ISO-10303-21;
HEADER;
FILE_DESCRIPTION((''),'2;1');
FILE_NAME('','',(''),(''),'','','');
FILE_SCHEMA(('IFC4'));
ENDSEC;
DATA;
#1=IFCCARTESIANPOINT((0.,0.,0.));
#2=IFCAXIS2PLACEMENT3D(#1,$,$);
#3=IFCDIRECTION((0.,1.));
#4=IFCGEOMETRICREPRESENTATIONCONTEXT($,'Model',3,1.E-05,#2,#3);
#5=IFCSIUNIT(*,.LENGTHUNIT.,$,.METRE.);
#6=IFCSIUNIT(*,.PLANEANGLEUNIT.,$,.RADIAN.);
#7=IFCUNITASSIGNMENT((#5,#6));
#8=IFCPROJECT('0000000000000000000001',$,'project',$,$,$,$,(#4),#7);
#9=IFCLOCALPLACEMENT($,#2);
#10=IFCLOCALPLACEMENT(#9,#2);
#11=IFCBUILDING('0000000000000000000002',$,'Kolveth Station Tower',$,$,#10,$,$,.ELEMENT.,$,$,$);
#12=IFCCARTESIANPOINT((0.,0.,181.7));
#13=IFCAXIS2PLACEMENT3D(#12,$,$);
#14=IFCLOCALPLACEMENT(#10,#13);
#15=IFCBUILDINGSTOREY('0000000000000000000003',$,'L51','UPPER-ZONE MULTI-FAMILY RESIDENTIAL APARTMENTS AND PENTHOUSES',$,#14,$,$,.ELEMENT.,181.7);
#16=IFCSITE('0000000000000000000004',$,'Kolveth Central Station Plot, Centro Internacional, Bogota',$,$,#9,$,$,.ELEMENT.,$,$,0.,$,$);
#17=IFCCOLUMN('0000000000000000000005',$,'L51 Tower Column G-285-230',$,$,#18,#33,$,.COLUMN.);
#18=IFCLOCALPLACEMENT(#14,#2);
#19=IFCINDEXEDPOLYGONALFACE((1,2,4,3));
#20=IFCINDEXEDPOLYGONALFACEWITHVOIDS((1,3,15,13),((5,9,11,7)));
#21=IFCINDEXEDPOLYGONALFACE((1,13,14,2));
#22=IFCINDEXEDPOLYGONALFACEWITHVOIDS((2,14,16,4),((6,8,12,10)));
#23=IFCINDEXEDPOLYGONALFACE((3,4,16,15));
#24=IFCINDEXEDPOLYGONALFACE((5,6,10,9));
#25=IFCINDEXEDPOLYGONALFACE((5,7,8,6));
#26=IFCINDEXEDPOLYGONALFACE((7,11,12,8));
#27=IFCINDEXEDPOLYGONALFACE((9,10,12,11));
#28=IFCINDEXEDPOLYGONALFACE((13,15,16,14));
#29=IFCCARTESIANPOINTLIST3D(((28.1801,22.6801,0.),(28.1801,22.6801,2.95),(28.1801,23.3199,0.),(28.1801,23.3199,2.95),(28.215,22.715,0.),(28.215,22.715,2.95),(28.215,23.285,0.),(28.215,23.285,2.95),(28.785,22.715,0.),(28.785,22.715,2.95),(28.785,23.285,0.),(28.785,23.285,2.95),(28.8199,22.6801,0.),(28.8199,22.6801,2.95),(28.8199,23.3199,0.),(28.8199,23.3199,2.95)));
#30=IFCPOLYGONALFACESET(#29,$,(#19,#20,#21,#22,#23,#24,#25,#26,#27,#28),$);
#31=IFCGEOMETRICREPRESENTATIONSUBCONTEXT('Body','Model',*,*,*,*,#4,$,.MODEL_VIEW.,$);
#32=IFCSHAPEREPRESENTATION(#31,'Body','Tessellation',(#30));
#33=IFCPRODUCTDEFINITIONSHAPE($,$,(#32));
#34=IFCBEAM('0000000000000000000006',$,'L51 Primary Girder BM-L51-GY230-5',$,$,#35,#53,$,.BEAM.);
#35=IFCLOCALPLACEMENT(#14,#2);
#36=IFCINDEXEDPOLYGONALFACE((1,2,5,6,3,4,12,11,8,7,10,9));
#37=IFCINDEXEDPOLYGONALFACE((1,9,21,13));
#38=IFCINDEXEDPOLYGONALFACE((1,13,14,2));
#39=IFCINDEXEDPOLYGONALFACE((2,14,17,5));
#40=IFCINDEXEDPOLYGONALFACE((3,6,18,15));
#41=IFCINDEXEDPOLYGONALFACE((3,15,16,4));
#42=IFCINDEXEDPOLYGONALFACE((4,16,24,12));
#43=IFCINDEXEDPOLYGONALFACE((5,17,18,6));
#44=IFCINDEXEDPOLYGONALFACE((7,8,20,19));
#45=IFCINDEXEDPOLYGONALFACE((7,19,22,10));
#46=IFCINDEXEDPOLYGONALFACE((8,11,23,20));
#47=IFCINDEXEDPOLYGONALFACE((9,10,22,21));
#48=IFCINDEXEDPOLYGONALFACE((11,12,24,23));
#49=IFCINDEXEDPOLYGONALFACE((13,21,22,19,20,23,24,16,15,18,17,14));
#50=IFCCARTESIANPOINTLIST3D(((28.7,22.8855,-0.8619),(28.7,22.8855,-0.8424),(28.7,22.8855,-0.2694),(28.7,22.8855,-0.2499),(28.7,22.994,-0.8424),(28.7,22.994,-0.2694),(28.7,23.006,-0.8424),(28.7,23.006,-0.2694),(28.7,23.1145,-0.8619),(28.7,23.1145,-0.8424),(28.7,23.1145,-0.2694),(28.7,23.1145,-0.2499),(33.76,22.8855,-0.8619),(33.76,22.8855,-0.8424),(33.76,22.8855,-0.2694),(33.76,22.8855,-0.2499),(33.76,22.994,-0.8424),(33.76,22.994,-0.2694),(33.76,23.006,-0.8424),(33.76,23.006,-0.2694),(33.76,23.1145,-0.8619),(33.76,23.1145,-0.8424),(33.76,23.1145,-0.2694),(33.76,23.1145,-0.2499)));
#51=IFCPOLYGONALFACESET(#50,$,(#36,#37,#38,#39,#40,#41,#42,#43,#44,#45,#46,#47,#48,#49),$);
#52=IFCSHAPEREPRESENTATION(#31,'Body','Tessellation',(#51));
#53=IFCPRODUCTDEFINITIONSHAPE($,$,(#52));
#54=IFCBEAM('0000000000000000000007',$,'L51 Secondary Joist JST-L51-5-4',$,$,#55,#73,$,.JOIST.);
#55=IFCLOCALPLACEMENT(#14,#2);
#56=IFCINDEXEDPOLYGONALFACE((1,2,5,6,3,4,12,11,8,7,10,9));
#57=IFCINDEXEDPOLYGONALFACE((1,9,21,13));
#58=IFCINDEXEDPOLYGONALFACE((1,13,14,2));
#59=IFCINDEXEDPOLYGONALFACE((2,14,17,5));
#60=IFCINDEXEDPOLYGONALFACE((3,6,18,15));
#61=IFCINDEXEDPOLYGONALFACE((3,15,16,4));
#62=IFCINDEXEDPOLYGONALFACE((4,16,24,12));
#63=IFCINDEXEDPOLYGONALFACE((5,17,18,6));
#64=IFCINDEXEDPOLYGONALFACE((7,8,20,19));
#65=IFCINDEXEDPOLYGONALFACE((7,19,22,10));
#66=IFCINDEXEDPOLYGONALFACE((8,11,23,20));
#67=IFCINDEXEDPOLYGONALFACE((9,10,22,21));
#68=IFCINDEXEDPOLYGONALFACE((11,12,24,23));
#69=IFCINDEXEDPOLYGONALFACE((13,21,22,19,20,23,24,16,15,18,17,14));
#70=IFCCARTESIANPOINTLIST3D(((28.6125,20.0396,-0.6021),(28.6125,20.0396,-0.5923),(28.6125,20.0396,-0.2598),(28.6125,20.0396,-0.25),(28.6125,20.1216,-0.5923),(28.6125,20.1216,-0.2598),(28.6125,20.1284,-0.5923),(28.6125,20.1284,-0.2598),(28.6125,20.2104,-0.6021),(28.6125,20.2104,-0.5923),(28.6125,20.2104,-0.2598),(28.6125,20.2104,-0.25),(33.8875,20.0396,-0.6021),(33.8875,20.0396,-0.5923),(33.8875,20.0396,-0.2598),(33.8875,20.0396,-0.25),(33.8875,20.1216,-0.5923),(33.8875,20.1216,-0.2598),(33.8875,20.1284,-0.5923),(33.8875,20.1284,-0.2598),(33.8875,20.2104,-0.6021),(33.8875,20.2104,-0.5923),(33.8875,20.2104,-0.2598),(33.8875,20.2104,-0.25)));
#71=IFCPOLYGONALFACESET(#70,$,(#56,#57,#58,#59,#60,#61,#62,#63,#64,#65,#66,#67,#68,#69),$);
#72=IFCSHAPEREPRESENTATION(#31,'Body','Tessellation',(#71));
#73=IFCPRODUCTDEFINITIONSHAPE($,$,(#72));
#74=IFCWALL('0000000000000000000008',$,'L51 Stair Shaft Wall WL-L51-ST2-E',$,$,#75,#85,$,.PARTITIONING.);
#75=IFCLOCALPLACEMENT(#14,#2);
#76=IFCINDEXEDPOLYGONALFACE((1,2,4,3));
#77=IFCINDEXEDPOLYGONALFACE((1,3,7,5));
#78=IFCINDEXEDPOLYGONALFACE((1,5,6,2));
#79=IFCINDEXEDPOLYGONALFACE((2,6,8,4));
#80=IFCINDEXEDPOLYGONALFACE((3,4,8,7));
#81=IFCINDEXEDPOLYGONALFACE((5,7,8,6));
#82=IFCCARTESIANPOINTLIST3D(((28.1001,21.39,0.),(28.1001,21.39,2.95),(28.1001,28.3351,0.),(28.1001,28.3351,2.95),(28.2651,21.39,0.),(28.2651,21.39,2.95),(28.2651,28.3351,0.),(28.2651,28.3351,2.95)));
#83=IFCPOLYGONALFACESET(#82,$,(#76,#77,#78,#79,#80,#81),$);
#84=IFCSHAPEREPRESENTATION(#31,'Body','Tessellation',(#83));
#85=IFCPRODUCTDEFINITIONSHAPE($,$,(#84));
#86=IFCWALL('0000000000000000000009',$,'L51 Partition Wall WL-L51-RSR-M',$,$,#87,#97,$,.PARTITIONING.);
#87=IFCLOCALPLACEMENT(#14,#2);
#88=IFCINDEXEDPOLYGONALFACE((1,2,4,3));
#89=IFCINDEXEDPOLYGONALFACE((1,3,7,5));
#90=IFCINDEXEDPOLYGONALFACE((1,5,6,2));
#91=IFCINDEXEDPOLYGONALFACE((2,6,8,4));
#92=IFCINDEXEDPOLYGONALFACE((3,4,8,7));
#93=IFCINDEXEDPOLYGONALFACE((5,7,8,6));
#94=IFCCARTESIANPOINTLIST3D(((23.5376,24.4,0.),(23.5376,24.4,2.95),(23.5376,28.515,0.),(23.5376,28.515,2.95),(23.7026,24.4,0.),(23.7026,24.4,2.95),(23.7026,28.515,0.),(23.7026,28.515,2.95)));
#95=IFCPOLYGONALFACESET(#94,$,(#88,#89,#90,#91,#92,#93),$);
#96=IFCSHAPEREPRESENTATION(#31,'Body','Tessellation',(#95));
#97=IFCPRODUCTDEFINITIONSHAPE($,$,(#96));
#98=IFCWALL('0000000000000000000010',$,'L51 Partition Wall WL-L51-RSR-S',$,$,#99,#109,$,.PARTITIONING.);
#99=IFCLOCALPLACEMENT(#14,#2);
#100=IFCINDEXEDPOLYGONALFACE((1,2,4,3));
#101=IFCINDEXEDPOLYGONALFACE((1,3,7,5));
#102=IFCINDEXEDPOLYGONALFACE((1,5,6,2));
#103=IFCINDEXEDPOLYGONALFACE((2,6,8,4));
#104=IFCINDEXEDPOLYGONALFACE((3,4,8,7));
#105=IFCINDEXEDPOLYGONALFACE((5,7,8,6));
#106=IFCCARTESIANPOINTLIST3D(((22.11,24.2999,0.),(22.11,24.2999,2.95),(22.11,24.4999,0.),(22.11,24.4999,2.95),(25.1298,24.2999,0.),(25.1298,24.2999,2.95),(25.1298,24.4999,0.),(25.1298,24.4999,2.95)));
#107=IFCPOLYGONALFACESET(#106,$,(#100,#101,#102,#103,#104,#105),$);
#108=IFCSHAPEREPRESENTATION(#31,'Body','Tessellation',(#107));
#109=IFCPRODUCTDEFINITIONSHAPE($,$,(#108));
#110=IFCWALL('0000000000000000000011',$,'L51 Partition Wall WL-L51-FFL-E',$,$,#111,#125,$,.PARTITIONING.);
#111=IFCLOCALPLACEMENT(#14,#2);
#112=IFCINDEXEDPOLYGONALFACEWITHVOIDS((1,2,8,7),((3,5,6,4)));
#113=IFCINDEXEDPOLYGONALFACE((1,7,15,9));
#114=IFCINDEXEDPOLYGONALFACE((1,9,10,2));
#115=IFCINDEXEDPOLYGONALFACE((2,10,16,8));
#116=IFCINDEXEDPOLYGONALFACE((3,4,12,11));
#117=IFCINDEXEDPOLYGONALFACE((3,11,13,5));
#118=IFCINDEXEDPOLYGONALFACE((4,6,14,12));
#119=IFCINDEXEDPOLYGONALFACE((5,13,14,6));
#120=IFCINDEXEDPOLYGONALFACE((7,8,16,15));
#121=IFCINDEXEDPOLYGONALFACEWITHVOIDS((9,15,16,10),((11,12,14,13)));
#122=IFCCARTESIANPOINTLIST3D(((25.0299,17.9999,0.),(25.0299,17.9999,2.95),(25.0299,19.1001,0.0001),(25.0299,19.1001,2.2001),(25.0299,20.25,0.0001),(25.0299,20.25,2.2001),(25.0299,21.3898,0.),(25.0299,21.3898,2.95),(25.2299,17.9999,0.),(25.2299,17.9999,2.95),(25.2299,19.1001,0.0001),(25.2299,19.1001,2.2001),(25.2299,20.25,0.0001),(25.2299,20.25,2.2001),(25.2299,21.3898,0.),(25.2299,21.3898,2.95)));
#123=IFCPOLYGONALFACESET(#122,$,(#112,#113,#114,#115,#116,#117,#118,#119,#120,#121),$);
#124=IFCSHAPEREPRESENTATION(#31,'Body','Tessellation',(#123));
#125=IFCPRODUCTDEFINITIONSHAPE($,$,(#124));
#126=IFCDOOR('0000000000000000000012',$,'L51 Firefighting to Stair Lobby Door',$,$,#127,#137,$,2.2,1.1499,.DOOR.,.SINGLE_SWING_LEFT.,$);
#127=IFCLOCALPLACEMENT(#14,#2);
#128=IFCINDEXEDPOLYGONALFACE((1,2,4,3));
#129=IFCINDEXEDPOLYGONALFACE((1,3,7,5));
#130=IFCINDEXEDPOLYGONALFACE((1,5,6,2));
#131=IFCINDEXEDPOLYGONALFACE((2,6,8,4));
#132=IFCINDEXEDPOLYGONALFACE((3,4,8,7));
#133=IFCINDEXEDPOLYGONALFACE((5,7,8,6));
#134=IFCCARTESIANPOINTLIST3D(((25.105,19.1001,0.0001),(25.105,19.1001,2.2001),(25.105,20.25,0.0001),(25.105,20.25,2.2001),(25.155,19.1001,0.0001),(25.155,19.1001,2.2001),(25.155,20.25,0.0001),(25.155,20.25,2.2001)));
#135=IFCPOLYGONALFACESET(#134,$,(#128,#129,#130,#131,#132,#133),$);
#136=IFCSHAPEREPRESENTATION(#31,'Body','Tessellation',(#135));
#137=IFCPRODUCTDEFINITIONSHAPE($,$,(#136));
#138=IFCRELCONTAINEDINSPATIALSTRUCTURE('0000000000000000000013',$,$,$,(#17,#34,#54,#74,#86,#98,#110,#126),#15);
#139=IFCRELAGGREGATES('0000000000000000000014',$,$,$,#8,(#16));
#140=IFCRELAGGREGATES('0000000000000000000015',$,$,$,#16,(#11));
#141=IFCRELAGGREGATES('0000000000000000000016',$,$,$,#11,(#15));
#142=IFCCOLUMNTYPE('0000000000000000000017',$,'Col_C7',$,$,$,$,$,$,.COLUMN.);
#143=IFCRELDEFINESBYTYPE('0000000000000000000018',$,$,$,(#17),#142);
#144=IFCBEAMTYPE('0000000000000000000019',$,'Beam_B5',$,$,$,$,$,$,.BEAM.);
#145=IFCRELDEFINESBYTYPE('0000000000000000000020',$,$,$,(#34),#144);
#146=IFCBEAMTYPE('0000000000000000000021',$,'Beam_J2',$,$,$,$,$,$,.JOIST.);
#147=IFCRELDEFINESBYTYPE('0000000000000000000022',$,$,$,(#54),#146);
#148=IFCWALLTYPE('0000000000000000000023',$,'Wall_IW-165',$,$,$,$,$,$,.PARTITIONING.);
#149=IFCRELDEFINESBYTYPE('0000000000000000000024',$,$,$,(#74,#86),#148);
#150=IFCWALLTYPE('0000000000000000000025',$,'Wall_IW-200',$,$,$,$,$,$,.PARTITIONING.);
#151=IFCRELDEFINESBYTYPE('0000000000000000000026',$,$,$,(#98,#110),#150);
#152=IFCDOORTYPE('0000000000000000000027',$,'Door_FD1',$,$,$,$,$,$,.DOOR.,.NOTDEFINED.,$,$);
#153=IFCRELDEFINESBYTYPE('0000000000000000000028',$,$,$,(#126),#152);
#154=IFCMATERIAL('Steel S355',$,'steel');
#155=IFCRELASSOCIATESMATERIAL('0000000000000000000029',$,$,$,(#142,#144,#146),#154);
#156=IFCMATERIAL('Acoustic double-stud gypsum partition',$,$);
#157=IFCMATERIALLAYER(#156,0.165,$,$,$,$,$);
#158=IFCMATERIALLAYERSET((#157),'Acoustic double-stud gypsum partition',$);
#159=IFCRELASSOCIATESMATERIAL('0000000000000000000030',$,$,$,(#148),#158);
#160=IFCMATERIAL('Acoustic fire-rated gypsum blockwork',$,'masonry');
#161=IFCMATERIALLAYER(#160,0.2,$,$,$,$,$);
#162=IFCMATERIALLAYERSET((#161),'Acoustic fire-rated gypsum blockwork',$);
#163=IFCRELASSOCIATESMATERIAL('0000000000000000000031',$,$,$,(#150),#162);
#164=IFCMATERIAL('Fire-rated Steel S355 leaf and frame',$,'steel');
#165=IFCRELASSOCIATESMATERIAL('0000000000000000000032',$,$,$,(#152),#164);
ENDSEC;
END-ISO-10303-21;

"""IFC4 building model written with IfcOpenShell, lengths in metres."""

from ifc_helpers import new_model, si_unit, direction, frame, frame_2d, origin, origin_2d, place, context, subcontext, project, spatial, rectangle, hollow_rectangle, i_section, extrude, source, transform, mapped, material, layer, layer_set, material_profile, profile_set, type_object, element, fill, save


model = new_model("IFC4")

# Units and contexts
model_context = context("Model", 3, precision=1e-05, world=origin(), true_north=direction((0.0, 1.0)))
body_context = subcontext(model_context, "Body", "Model", "MODEL_VIEW")
ifc_project = project(units=[si_unit("LENGTHUNIT", "METRE"), si_unit("PLANEANGLEUNIT", "RADIAN")], contexts=[model_context])

# Site, building, storey
site_placement = place(None, origin())
site = spatial("IfcSite", under=ifc_project, at=site_placement, Name="Kolveth Central Station Plot, Centro Internacional, Bogota", CompositionType="ELEMENT", RefElevation=0.0)
building_placement = place(site_placement, origin())
building = spatial("IfcBuilding", under=site, at=building_placement, Name="Kolveth Station Tower", CompositionType="ELEMENT")
storey_placement = place(building_placement, frame((0.0, 0.0, 181.7)))
storey = spatial("IfcBuildingStorey", under=building, at=storey_placement, Name="L51", Description="UPPER-ZONE MULTI-FAMILY RESIDENTIAL APARTMENTS AND PENTHOUSES", CompositionType="ELEMENT", Elevation=181.7)

# Column
ifc_material_1 = material(Name="Steel S355", Category="steel")
ifc_material_profile_1 = material_profile(ifc_material_1, hollow_rectangle(XDim=0.6399, YDim=0.6399, WallThickness=0.0349, at=origin_2d()), Name="BOX640x640x35")
ifc_profile_set_1 = profile_set([ifc_material_profile_1], Name="Steel S355")
column_type = type_object("IfcColumnType", Name="Col_C7", PredefinedType="COLUMN", material=ifc_profile_set_1)
shared_shape_1 = source(origin(), body_context, "Body", "SweptSolid", [
    extrude(hollow_rectangle(XDim=0.6399, YDim=0.6399, WallThickness=0.0349, at=origin_2d()), origin(), (0.0, 0.0, 1.0), 2.95),
])
column_placement = place(storey_placement, frame((28.5, 23.0, 0.0), z_axis=(0.0, 0.0, 1.0), x_axis=(1.0, 0.0, 0.0)))
element("IfcColumn", 1, at=column_placement, inside=storey, type_object=column_type, Name="L51 Tower Column G-285-230", PredefinedType="COLUMN", context=body_context, shape_type="MappedRepresentation", body=[
    mapped(shared_shape_1, transform((0.0, 0.0, 0.0), x_axis=(1.0, 0.0, 0.0), y_axis=(0.0, 1.0, 0.0), z_axis=(0.0, 0.0, 1.0), scale=1.0)),
])

# Beams
ifc_material_profile_2 = material_profile(ifc_material_1, i_section(OverallWidth=0.229, OverallDepth=0.6121, WebThickness=0.012, FlangeThickness=0.0195, at=origin_2d()), Name="W610x125")
ifc_profile_set_2 = profile_set([ifc_material_profile_2], Name="Steel S355")
beam_type_1 = type_object("IfcBeamType", Name="Beam_B5", PredefinedType="BEAM", material=ifc_profile_set_2)
shared_shape_2 = source(origin(), body_context, "Body", "SweptSolid", [
    extrude(i_section(OverallWidth=0.229, OverallDepth=0.6121, WebThickness=0.012, FlangeThickness=0.0195, at=origin_2d()), origin(), (0.0, 0.0, 1.0), 5.0601),
])
beam_1_placement = place(storey_placement, frame((28.7, 23.0, -0.5559), z_axis=(1.0, 0.0, 0.0), x_axis=(0.0, 1.0, 0.0)))
element("IfcBeam", 2, at=beam_1_placement, inside=storey, type_object=beam_type_1, Name="L51 Primary Girder BM-L51-GY230-5", PredefinedType="BEAM", context=body_context, shape_type="MappedRepresentation", body=[
    mapped(shared_shape_2, transform((0.0, 0.0, 0.0), x_axis=(1.0, 0.0, 0.0), y_axis=(0.0, 1.0, 0.0), z_axis=(0.0, 0.0, 1.0), scale=1.0)),
])
ifc_material_profile_3 = material_profile(ifc_material_1, i_section(OverallWidth=0.1709, OverallDepth=0.3521, WebThickness=0.0068, FlangeThickness=0.0098, at=origin_2d()), Name="W360x44")
ifc_profile_set_3 = profile_set([ifc_material_profile_3], Name="Steel S355")
beam_type_2 = type_object("IfcBeamType", Name="Beam_J2", PredefinedType="JOIST", material=ifc_profile_set_3)
shared_shape_3 = source(origin(), body_context, "Body", "SweptSolid", [
    extrude(i_section(OverallWidth=0.1709, OverallDepth=0.3521, WebThickness=0.0068, FlangeThickness=0.0098, at=origin_2d()), origin(), (0.0, 0.0, 1.0), 5.2749),
])
beam_2_placement = place(storey_placement, frame((28.6125, 20.125, -0.426), z_axis=(1.0, 0.0, 0.0), x_axis=(0.0, 1.0, 0.0)))
element("IfcBeam", 3, at=beam_2_placement, inside=storey, type_object=beam_type_2, Name="L51 Secondary Joist JST-L51-5-4", PredefinedType="JOIST", context=body_context, shape_type="MappedRepresentation", body=[
    mapped(shared_shape_3, transform((0.0, 0.0, 0.0), x_axis=(1.0, 0.0, 0.0), y_axis=(0.0, 1.0, 0.0), z_axis=(0.0, 0.0, 1.0), scale=1.0)),
])

# Walls
ifc_material_2 = material(Name="Acoustic double-stud gypsum partition")
ifc_layer_1 = layer(ifc_material_2, 0.165)
ifc_layer_set_1 = layer_set([ifc_layer_1], Name="Acoustic double-stud gypsum partition")
wall_type_1 = type_object("IfcWallType", Name="Wall_IW-165", PredefinedType="PARTITIONING", material=ifc_layer_set_1)
wall_1_placement = place(storey_placement, frame((28.1826, 21.3899, 0.0), z_axis=(0.0, 0.0, 1.0), x_axis=(0.0, 1.0, 0.0)))
element("IfcWall", 4, at=wall_1_placement, inside=storey, type_object=wall_type_1, Name="L51 Stair Shaft Wall WL-L51-ST2-E", PredefinedType="PARTITIONING", context=body_context, shape_type="SweptSolid", body=[
    extrude(rectangle(XDim=6.9451, YDim=0.165, at=frame_2d((3.4727, 0.0))), origin(), (0.0, 0.0, 1.0), 2.95),
])
wall_2_placement = place(storey_placement, frame((23.6201, 24.3999, 0.0), z_axis=(0.0, 0.0, 1.0), x_axis=(0.0, 1.0, 0.0)))
element("IfcWall", 5, at=wall_2_placement, inside=storey, type_object=wall_type_1, Name="L51 Partition Wall WL-L51-RSR-M", PredefinedType="PARTITIONING", context=body_context, shape_type="SweptSolid", body=[
    extrude(rectangle(XDim=4.115, YDim=0.165, at=frame_2d((2.0576, 0.0))), origin(), (0.0, 0.0, 1.0), 2.95),
])
ifc_material_3 = material(Name="Acoustic fire-rated gypsum blockwork", Category="masonry")
ifc_layer_2 = layer(ifc_material_3, 0.2)
ifc_layer_set_2 = layer_set([ifc_layer_2], Name="Acoustic fire-rated gypsum blockwork")
wall_type_2 = type_object("IfcWallType", Name="Wall_IW-200", PredefinedType="PARTITIONING", material=ifc_layer_set_2)
wall_3_placement = place(storey_placement, frame((22.1101, 24.3999, 0.0), z_axis=(0.0, 0.0, 1.0), x_axis=(1.0, 0.0, 0.0)))
element("IfcWall", 6, at=wall_3_placement, inside=storey, type_object=wall_type_2, Name="L51 Partition Wall WL-L51-RSR-S", PredefinedType="PARTITIONING", context=body_context, shape_type="SweptSolid", body=[
    extrude(rectangle(XDim=3.0198, YDim=0.2, at=frame_2d((1.5098, 0.0))), origin(), (0.0, 0.0, 1.0), 2.95),
])

# Wall, opening, door
wall_4_placement = place(storey_placement, frame((25.1299, 18.0, 0.0), z_axis=(0.0, 0.0, 1.0), x_axis=(0.0, 1.0, 0.0)))
wall_4 = element("IfcWall", 7, at=wall_4_placement, inside=storey, type_object=wall_type_2, Name="L51 Partition Wall WL-L51-FFL-E", PredefinedType="PARTITIONING", context=body_context, shape_type="SweptSolid", body=[
    extrude(rectangle(XDim=3.3899, YDim=0.2, at=frame_2d((1.6948, 0.0))), origin(), (0.0, 0.0, 1.0), 2.95),
])
opening_1_placement = place(wall_4_placement, frame((1.1001, 0.0, 0.0)))
opening_1 = element("IfcOpeningElement", 8, at=opening_1_placement, cuts=wall_4, PredefinedType="OPENING", context=body_context, shape_type="SweptSolid", body=[
    extrude(rectangle(XDim=1.1499, YDim=2.2, at=frame_2d((0.575, 1.1001))), frame((0.0, 0.1099, 0.0), z_axis=(0.0, -1.0, 0.0), x_axis=(1.0, 0.0, 0.0)), (0.0, 0.0, 1.0), 0.22),
])
ifc_material_4 = material(Name="Fire-rated Steel S355 leaf and frame", Category="steel")
door_type_1 = type_object("IfcDoorType", Name="Door_FD1", OperationType="NOTDEFINED", PredefinedType="DOOR", material=ifc_material_4)
door_1_placement = place(opening_1_placement, origin())
door_1 = element("IfcDoor", 9, at=door_1_placement, inside=storey, type_object=door_type_1, Name="L51 Firefighting to Stair Lobby Door", OperationType="SINGLE_SWING_LEFT", OverallHeight=2.2, OverallWidth=1.1499, PredefinedType="DOOR", context=body_context, shape_type="SweptSolid", body=[
    extrude(rectangle(XDim=1.1499, YDim=2.2, at=frame_2d((0.575, 1.1001))), frame((0.0, 0.0249, 0.0), z_axis=(0.0, -1.0, 0.0), x_axis=(1.0, 0.0, 0.0)), (0.0, 0.0, 1.0), 0.05),
])
fill(opening_1, door_1)

save(model, "model.ifc")
